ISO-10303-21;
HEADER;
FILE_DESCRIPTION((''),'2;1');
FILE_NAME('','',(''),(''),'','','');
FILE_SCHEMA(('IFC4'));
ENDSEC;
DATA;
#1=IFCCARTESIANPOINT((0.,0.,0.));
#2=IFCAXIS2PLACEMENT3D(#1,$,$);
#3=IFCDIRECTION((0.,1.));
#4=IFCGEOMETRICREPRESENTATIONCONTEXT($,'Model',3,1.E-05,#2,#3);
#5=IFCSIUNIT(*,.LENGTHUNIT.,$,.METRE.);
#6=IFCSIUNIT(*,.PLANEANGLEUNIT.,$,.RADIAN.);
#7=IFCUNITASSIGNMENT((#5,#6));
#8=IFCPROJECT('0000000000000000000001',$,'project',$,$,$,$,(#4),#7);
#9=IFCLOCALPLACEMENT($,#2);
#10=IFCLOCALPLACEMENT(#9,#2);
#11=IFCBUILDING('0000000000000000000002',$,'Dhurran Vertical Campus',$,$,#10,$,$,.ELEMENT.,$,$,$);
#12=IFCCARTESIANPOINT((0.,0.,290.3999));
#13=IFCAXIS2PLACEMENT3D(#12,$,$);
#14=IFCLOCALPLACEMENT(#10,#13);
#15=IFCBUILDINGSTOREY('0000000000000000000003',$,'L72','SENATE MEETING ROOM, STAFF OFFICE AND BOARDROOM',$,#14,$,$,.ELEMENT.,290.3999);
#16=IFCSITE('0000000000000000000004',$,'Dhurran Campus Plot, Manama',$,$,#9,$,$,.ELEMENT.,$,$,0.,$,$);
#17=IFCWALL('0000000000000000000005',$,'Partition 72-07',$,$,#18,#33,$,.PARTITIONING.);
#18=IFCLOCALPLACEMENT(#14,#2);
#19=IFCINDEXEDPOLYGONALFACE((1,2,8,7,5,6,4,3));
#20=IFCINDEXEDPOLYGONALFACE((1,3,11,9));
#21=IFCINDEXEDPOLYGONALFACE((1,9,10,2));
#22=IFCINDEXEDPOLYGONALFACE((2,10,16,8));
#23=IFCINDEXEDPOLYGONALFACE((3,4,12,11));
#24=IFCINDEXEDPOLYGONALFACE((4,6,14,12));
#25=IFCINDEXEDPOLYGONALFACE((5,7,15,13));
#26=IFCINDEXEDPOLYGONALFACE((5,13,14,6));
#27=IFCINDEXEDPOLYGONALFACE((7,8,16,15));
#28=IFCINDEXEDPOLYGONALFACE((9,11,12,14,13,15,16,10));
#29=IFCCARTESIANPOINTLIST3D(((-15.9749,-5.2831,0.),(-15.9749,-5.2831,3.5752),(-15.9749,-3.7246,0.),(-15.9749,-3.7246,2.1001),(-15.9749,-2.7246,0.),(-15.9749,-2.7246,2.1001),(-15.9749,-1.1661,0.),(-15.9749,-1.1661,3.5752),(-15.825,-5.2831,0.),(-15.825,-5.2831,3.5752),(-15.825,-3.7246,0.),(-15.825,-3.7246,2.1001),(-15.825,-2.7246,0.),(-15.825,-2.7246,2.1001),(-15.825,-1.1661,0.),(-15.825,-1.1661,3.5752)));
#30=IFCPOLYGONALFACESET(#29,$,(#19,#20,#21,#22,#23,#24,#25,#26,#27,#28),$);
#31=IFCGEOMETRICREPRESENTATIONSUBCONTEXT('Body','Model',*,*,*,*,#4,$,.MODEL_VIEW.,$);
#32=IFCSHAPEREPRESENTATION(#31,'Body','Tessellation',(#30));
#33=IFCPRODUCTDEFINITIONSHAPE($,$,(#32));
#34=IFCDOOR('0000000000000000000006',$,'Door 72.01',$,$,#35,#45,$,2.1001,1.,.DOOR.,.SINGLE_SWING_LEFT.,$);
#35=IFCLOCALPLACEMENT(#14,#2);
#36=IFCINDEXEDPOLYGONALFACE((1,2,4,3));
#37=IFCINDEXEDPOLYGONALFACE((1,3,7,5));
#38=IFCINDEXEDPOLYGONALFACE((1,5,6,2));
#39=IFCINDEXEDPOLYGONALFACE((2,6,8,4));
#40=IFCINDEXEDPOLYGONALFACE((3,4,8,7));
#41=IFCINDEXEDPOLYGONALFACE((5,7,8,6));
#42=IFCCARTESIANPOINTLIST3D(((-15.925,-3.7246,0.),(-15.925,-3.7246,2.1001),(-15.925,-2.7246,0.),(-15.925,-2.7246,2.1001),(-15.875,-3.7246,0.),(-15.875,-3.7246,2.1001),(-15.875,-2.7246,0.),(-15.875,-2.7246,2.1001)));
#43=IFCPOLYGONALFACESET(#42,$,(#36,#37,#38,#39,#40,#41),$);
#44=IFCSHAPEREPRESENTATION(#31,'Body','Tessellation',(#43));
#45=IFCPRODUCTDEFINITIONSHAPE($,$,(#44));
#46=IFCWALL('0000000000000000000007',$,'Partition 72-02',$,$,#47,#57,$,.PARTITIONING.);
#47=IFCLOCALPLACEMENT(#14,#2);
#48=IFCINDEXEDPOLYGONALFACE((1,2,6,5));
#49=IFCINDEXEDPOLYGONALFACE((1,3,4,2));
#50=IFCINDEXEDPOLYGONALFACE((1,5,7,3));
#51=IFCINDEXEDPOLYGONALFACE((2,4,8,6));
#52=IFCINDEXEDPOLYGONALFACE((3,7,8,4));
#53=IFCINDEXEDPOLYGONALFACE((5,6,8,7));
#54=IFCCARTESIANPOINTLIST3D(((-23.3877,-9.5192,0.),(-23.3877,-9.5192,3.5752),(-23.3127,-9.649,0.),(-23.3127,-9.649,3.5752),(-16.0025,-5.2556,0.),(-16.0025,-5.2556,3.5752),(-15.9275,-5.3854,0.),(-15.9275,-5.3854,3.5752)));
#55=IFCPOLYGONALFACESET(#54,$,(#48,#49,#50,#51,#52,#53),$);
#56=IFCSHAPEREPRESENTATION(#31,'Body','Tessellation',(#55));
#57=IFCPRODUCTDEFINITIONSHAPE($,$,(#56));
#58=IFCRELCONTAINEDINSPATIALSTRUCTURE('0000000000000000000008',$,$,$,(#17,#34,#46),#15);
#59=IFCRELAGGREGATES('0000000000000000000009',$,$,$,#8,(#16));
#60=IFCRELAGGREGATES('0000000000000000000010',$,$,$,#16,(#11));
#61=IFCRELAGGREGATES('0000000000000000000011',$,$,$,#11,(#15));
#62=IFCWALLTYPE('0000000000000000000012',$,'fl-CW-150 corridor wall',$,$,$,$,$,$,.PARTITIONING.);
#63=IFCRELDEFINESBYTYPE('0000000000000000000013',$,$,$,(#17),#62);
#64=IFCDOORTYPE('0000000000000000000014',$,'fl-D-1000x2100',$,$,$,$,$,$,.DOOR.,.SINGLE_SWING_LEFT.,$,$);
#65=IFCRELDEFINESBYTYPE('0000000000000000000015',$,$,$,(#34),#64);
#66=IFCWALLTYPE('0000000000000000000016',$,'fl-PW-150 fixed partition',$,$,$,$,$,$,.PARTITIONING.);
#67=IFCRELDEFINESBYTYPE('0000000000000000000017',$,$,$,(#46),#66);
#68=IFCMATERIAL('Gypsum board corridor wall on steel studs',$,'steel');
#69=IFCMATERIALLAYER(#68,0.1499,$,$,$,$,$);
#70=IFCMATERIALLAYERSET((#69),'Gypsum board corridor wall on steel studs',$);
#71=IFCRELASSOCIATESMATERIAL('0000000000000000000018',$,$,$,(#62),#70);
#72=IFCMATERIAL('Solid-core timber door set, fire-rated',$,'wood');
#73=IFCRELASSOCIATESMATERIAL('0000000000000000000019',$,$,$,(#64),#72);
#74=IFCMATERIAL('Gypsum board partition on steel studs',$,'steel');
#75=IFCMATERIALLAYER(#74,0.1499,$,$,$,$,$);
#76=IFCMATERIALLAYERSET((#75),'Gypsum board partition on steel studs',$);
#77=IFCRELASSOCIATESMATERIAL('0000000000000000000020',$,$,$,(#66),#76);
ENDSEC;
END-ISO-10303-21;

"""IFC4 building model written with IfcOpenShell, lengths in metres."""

from ifc_helpers import new_model, si_unit, direction, frame, frame_2d, origin, place, context, subcontext, project, spatial, rectangle, extrude, material, layer, layer_set, type_object, element, fill, save


model = new_model("IFC4")

# Units and contexts
model_context = context("Model", 3, precision=1e-05, world=origin(), true_north=direction((0.0, 1.0)))
body_context = subcontext(model_context, "Body", "Model", "MODEL_VIEW")
ifc_project = project(units=[si_unit("LENGTHUNIT", "METRE"), si_unit("PLANEANGLEUNIT", "RADIAN")], contexts=[model_context])

# Site, building, storey
site_placement = place(None, origin())
site = spatial("IfcSite", under=ifc_project, at=site_placement, Name="Dhurran Campus Plot, Manama", CompositionType="ELEMENT", RefElevation=0.0)
building_placement = place(site_placement, origin())
building = spatial("IfcBuilding", under=site, at=building_placement, Name="Dhurran Vertical Campus", CompositionType="ELEMENT")
storey_placement = place(building_placement, frame((0.0, 0.0, 290.3999)))
storey = spatial("IfcBuildingStorey", under=building, at=storey_placement, Name="L72", Description="SENATE MEETING ROOM, STAFF OFFICE AND BOARDROOM", CompositionType="ELEMENT", Elevation=290.3999)

# Wall, opening, door
ifc_material_1 = material(Name="Gypsum board corridor wall on steel studs", Category="steel")
ifc_layer_1 = layer(ifc_material_1, 0.1499)
ifc_layer_set_1 = layer_set([ifc_layer_1], Name="Gypsum board corridor wall on steel studs")
wall_type_1 = type_object("IfcWallType", Name="fl-CW-150 corridor wall", PredefinedType="PARTITIONING", material=ifc_layer_set_1)
ifc_material_2 = material(Name="Solid-core timber door set, fire-rated", Category="wood")
door_type_1 = type_object("IfcDoorType", Name="fl-D-1000x2100", OperationType="SINGLE_SWING_LEFT", PredefinedType="DOOR", material=ifc_material_2)
wall_1_placement = place(storey_placement, frame((-15.8999, -1.166, 0.0), z_axis=(0.0, 0.0, 1.0), x_axis=(0.0, -1.0, 0.0)))
wall_1 = element("IfcWall", 1, at=wall_1_placement, inside=storey, type_object=wall_type_1, Name="Partition 72-07", PredefinedType="PARTITIONING", context=body_context, shape_type="SweptSolid", body=[
    extrude(rectangle(XDim=4.1169, YDim=0.1499, at=frame_2d((2.0586, 0.0))), origin(), (0.0, 0.0, 1.0), 3.5752),
])
opening_1_placement = place(wall_1_placement, frame((1.5586, 0.0, 0.0)))
opening_1 = element("IfcOpeningElement", 2, at=opening_1_placement, cuts=wall_1, PredefinedType="OPENING", context=body_context, shape_type="SweptSolid", body=[
    extrude(rectangle(XDim=1.0, YDim=2.1001, at=frame_2d((0.5, 1.05))), frame((0.0, 0.085, 0.0), z_axis=(0.0, -1.0, 0.0), x_axis=(1.0, 0.0, 0.0)), (0.0, 0.0, 1.0), 0.1699),
])
door_1_placement = place(opening_1_placement, origin())
door_1 = element("IfcDoor", 3, at=door_1_placement, inside=storey, type_object=door_type_1, Name="Door 72.01", OperationType="SINGLE_SWING_LEFT", OverallHeight=2.1001, OverallWidth=1.0, PredefinedType="DOOR", context=body_context, shape_type="SweptSolid", body=[
    extrude(rectangle(XDim=1.0, YDim=2.1001, at=frame_2d((0.5, 1.05))), frame((0.0, 0.0249, 0.0), z_axis=(0.0, -1.0, 0.0), x_axis=(1.0, 0.0, 0.0)), (0.0, 0.0, 1.0), 0.05),
])
fill(opening_1, door_1)

# Wall
ifc_material_3 = material(Name="Gypsum board partition on steel studs", Category="steel")
ifc_layer_2 = layer(ifc_material_3, 0.1499)
ifc_layer_set_2 = layer_set([ifc_layer_2], Name="Gypsum board partition on steel studs")
wall_type_2 = type_object("IfcWallType", Name="fl-PW-150 fixed partition", PredefinedType="PARTITIONING", material=ifc_layer_set_2)
wall_2_placement = place(storey_placement, frame((-15.9651, -5.3206, 0.0), z_axis=(0.0, 0.0, 1.0), x_axis=(-0.866036, -0.499982, 0.0)))
element("IfcWall", 4, at=wall_2_placement, inside=storey, type_object=wall_type_2, Name="Partition 72-02", PredefinedType="PARTITIONING", context=body_context, shape_type="SweptSolid", body=[
    extrude(rectangle(XDim=8.5276, YDim=0.1499, at=frame_2d((4.2637, 0.0))), origin(), (0.0, 0.0, 1.0), 3.5752),
])

save(model, "model.ifc")
